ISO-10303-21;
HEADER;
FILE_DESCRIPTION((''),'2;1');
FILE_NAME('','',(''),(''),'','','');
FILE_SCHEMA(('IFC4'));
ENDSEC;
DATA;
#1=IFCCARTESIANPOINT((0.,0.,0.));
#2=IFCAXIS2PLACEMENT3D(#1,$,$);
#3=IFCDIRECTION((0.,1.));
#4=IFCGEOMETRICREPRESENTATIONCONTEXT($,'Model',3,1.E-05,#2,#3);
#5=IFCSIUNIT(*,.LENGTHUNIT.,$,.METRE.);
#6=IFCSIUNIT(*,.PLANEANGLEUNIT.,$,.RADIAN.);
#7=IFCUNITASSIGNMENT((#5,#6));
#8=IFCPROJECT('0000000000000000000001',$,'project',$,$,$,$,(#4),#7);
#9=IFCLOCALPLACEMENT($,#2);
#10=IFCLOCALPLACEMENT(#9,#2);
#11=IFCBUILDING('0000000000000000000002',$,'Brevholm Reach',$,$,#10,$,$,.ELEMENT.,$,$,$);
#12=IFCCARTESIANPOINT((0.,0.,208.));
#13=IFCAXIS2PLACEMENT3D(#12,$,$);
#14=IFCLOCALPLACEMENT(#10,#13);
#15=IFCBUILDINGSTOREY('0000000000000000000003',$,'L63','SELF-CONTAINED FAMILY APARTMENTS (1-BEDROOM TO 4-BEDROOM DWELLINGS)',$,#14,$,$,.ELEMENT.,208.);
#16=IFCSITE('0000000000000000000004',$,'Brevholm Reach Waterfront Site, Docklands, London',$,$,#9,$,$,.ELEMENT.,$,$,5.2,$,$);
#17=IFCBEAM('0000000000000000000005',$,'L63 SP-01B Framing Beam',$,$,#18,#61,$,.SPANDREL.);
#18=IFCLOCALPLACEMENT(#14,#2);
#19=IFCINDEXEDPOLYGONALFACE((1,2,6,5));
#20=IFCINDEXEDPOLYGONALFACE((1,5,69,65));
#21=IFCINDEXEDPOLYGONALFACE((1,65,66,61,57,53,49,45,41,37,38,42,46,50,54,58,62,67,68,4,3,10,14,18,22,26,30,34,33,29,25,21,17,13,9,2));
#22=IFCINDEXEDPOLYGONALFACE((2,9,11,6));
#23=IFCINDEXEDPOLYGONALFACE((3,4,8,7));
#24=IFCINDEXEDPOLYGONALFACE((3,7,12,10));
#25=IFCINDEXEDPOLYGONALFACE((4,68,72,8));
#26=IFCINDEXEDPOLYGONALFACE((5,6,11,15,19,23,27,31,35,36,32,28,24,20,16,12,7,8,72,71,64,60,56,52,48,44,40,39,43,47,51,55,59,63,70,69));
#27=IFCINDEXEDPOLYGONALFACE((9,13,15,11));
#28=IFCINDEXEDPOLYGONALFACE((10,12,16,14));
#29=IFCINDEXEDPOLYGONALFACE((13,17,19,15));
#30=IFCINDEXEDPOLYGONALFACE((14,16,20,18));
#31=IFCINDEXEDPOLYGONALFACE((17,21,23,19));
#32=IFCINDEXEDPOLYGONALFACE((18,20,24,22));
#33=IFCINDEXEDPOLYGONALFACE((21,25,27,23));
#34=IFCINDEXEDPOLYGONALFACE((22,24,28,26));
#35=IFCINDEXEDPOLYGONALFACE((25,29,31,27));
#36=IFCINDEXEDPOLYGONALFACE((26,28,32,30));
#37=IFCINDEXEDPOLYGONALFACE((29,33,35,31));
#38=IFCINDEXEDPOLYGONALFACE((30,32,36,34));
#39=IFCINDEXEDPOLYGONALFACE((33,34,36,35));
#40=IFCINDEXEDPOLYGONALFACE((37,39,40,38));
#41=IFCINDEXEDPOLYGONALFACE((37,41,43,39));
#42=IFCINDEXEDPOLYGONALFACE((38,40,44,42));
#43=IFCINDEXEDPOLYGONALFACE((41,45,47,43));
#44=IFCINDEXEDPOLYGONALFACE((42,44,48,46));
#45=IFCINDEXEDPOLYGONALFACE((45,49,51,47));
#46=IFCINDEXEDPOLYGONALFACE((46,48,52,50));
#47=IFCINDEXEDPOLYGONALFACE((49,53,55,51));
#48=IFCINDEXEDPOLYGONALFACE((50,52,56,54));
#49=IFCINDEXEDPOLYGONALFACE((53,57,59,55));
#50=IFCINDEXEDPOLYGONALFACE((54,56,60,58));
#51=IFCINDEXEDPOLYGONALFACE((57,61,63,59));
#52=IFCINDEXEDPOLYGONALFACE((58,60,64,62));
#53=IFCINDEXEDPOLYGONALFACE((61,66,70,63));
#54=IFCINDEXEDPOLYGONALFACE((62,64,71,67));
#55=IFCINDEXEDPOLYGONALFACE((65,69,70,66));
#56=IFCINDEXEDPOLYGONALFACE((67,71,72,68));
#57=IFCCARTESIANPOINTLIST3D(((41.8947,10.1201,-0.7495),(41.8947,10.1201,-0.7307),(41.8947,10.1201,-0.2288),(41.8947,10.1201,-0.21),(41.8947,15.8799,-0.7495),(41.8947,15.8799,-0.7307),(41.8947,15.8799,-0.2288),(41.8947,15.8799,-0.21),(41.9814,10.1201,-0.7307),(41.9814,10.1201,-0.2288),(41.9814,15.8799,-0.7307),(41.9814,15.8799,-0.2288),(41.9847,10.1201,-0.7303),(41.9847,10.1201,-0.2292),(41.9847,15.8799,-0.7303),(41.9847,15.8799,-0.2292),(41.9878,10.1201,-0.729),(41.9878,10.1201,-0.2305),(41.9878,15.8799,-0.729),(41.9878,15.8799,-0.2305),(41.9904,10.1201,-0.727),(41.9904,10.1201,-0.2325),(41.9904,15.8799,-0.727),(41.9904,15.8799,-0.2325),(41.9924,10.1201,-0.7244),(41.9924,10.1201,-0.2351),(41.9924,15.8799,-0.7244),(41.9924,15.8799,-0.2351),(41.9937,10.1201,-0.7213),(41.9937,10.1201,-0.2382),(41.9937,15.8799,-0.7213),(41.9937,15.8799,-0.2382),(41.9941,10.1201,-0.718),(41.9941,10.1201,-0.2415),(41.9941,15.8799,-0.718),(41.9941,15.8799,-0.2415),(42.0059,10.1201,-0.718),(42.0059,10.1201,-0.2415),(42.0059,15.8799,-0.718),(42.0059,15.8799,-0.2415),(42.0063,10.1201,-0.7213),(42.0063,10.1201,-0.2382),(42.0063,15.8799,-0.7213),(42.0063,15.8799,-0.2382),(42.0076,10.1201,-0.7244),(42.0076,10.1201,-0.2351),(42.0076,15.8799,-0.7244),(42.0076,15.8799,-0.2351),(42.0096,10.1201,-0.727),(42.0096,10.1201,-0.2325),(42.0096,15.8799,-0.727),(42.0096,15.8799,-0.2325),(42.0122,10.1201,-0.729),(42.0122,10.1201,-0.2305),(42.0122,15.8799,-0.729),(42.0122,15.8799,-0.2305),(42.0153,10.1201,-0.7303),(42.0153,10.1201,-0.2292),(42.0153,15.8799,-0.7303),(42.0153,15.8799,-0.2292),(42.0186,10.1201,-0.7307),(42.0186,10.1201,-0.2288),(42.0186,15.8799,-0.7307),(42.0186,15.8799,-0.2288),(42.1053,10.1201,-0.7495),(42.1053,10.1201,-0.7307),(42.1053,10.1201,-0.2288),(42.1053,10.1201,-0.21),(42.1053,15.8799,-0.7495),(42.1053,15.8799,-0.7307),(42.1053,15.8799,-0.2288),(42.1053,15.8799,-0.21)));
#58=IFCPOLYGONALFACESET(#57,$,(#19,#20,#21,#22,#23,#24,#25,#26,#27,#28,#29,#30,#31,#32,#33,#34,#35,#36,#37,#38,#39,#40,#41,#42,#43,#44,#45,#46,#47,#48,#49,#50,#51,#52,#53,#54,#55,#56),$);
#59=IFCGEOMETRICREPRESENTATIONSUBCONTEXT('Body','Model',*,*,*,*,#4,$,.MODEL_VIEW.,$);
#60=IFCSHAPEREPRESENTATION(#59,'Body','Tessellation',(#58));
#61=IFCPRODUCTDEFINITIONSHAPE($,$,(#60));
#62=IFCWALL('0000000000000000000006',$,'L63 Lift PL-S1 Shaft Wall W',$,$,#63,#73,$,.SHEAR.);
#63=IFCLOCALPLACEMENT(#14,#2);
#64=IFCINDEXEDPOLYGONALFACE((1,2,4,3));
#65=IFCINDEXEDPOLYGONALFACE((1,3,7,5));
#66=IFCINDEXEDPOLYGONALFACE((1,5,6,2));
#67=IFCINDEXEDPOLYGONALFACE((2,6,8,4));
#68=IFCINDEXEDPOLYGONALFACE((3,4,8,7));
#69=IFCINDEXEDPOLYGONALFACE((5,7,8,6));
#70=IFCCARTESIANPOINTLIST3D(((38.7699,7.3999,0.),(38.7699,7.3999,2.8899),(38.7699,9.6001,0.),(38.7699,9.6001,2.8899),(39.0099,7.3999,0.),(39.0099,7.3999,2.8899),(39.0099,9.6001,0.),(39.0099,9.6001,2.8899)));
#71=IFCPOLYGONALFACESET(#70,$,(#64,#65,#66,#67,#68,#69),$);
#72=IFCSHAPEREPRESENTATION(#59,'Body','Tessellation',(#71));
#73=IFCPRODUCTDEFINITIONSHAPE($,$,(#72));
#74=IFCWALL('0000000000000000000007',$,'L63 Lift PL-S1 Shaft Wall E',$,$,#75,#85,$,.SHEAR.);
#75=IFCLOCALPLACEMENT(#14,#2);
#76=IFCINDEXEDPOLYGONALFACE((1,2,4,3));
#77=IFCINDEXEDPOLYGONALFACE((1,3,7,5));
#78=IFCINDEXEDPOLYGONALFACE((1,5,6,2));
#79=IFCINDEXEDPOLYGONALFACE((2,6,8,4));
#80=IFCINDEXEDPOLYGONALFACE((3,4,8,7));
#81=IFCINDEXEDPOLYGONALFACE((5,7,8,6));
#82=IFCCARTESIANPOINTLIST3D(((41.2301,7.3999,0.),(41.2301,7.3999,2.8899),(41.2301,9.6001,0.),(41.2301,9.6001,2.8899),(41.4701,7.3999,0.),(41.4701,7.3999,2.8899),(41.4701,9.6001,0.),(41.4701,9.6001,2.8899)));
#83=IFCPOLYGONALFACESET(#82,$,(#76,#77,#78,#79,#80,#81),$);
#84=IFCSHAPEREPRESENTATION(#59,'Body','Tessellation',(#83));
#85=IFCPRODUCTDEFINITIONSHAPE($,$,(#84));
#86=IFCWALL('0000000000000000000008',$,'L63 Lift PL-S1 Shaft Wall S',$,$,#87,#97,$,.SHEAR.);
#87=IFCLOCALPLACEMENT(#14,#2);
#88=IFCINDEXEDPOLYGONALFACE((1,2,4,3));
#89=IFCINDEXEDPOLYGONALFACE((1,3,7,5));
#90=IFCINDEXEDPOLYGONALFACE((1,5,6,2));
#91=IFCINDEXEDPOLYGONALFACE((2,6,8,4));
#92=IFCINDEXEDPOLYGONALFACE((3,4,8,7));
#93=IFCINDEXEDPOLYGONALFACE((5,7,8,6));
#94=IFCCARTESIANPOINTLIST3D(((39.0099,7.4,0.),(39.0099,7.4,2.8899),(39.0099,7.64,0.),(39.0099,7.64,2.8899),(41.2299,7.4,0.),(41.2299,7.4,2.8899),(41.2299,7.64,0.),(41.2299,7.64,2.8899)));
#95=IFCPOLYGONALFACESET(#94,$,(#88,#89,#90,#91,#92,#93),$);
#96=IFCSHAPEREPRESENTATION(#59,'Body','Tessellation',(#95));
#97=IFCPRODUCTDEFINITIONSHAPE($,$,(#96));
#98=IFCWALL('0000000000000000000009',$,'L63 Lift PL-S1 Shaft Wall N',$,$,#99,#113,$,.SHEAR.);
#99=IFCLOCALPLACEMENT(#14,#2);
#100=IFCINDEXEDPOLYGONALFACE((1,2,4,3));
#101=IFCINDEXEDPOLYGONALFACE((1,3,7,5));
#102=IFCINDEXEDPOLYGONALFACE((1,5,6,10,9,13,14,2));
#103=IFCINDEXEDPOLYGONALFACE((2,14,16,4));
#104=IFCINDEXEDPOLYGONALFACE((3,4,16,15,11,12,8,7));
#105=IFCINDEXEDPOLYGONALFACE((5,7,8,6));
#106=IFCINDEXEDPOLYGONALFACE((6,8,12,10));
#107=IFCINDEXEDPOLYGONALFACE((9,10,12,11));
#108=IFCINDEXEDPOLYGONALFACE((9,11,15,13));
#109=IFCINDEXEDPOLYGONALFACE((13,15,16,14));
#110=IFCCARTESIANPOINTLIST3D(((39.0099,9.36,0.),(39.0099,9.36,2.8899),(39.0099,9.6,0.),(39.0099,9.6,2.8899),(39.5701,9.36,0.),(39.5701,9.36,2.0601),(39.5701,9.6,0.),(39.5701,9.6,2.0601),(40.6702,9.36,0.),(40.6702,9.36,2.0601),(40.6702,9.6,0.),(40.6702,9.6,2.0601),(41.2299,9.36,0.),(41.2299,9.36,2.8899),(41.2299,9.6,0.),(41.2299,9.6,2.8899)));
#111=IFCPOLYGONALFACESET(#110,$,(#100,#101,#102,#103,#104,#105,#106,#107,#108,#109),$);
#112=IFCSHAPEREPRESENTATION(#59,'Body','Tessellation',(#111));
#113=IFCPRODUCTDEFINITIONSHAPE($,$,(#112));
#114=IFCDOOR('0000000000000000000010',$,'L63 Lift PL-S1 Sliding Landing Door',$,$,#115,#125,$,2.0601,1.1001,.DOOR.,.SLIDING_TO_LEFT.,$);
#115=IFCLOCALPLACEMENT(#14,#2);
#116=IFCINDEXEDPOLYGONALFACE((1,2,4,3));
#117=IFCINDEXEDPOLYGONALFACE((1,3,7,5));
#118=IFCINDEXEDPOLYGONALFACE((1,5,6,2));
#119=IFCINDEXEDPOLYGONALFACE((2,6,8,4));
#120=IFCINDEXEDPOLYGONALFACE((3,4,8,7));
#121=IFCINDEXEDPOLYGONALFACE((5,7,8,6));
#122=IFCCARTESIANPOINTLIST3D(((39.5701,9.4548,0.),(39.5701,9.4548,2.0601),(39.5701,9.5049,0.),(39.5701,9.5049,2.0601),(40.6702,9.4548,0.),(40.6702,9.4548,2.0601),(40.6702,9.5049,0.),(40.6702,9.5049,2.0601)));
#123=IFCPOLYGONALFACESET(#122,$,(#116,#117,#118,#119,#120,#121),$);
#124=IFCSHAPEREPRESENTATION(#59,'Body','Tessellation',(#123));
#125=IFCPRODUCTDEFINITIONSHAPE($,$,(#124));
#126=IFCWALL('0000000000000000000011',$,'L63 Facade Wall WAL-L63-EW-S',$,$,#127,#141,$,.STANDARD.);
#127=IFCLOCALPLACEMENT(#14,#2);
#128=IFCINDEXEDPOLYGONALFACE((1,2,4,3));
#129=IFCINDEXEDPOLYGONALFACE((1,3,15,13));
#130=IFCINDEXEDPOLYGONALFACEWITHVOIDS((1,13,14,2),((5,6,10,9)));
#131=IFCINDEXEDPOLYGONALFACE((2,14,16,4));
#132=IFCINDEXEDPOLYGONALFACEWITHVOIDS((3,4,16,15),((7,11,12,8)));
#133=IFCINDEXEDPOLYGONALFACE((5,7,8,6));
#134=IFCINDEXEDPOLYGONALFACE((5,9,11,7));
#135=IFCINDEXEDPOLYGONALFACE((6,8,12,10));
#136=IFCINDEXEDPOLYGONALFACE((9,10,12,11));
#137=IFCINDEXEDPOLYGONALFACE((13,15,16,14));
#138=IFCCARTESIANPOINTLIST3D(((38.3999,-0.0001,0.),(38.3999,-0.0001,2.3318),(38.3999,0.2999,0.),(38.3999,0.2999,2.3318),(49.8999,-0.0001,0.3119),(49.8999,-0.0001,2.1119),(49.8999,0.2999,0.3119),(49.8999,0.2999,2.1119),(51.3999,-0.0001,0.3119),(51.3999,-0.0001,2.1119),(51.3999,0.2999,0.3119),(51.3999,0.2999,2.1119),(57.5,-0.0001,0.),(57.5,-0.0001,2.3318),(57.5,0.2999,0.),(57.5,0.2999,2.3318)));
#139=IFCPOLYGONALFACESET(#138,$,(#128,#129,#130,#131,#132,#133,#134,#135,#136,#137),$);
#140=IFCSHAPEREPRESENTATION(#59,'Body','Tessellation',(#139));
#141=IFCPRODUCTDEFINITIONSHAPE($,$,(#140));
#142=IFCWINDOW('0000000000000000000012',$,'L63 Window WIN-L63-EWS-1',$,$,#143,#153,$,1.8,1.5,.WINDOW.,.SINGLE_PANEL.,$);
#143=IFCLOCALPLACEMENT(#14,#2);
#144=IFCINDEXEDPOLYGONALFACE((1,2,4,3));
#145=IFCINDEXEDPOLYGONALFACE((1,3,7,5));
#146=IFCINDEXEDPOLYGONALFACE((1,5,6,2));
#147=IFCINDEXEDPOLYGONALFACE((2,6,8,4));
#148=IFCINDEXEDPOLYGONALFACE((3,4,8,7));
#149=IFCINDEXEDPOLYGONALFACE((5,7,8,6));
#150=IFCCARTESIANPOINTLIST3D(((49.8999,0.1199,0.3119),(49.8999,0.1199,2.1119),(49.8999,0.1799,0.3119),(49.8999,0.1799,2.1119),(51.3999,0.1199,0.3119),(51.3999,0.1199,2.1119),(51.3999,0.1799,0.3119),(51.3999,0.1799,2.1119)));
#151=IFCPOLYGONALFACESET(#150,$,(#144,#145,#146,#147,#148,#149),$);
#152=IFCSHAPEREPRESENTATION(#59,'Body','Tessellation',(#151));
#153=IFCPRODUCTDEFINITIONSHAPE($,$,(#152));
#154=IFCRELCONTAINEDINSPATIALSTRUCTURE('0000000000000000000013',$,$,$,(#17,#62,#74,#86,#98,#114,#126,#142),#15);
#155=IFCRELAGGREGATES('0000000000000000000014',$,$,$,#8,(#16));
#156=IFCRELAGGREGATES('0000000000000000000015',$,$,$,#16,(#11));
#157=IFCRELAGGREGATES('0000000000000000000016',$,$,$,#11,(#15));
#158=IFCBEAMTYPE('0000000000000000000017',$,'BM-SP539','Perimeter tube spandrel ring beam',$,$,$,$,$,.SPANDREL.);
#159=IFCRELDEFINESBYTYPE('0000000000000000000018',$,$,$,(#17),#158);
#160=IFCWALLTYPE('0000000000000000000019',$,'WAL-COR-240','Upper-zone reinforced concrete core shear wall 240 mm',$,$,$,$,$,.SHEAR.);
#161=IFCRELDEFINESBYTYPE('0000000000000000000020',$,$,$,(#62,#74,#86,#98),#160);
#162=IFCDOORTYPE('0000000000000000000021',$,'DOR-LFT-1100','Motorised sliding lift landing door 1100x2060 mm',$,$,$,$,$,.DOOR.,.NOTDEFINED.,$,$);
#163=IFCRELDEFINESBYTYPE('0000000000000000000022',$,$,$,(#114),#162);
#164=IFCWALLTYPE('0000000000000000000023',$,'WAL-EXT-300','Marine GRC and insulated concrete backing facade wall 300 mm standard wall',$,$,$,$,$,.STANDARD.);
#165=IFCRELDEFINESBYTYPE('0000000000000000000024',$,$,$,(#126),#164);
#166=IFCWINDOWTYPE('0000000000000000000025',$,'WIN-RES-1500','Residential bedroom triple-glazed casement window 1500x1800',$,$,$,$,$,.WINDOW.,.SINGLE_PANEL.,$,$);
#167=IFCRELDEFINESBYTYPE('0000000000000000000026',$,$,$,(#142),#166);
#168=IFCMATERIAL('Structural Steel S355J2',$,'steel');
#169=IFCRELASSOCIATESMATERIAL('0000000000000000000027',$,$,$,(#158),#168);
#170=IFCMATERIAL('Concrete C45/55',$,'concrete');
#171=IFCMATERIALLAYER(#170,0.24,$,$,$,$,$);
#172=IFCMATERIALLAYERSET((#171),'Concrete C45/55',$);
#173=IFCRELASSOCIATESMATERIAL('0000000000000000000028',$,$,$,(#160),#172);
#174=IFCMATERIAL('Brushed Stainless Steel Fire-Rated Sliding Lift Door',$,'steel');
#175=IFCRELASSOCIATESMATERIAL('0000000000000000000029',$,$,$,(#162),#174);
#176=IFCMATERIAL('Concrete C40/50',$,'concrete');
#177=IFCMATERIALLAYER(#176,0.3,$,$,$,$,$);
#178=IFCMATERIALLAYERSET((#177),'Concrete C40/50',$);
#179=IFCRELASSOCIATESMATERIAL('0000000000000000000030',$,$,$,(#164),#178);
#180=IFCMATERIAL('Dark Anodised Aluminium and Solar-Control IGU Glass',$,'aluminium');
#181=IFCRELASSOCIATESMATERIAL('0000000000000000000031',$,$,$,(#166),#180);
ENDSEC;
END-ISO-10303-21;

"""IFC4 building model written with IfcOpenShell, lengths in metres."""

from ifc_helpers import new_model, si_unit, direction, frame, frame_2d, origin, origin_2d, place, context, subcontext, project, spatial, rectangle, i_section, extrude, material, layer, layer_set, material_profile, profile_set, type_object, element, fill, save


model = new_model("IFC4")

# Units and contexts
model_context = context("Model", 3, precision=1e-05, world=origin(), true_north=direction((0.0, 1.0)))
body_context = subcontext(model_context, "Body", "Model", "MODEL_VIEW")
ifc_project = project(units=[si_unit("LENGTHUNIT", "METRE"), si_unit("PLANEANGLEUNIT", "RADIAN")], contexts=[model_context])

# Site, building, storey
site_placement = place(None, origin())
site = spatial("IfcSite", under=ifc_project, at=site_placement, Name="Brevholm Reach Waterfront Site, Docklands, London", CompositionType="ELEMENT", RefElevation=5.2)
building_placement = place(site_placement, origin())
building = spatial("IfcBuilding", under=site, at=building_placement, Name="Brevholm Reach", CompositionType="ELEMENT")
storey_placement = place(building_placement, frame((0.0, 0.0, 208.0)))
storey = spatial("IfcBuildingStorey", under=building, at=storey_placement, Name="L63", Description="SELF-CONTAINED FAMILY APARTMENTS (1-BEDROOM TO 4-BEDROOM DWELLINGS)", CompositionType="ELEMENT", Elevation=208.0)

# Beam
ifc_material_1 = material(Name="Structural Steel S355J2", Category="steel")
ifc_material_profile_1 = material_profile(ifc_material_1, i_section(OverallWidth=0.2107, OverallDepth=0.5396, WebThickness=0.0117, FlangeThickness=0.0188, FilletRadius=0.0127, at=origin_2d()), Name="UKB 533x210x109")
ifc_profile_set_1 = profile_set([ifc_material_profile_1], Name="Structural Steel S355J2")
beam_type_1 = type_object("IfcBeamType", Name="BM-SP539", Description="Perimeter tube spandrel ring beam", PredefinedType="SPANDREL", material=ifc_profile_set_1)
beam_1_placement = place(storey_placement, frame((42.0, 10.1201, -0.4797), z_axis=(0.0, 1.0, 0.0), x_axis=(-1.0, 0.0, 0.0)))
element("IfcBeam", 1, at=beam_1_placement, inside=storey, type_object=beam_type_1, Name="L63 SP-01B Framing Beam", PredefinedType="SPANDREL", context=body_context, shape_type="SweptSolid", body=[
    extrude(i_section(OverallWidth=0.2107, OverallDepth=0.5396, WebThickness=0.0117, FlangeThickness=0.0188, FilletRadius=0.0127, at=origin_2d()), origin(), (0.0, 0.0, 1.0), 5.7598),
])

# Walls
ifc_material_2 = material(Name="Concrete C45/55", Category="concrete")
ifc_layer_1 = layer(ifc_material_2, 0.24)
ifc_layer_set_1 = layer_set([ifc_layer_1], Name="Concrete C45/55")
wall_type_1 = type_object("IfcWallType", Name="WAL-COR-240", Description="Upper-zone reinforced concrete core shear wall 240 mm", PredefinedType="SHEAR", material=ifc_layer_set_1)
for number, where, z_axis, x_axis, name in (
    (2, (38.8899, 7.3999, 0.0), (0.0, 0.0, 1.0), (0.0, 1.0, 0.0), "L63 Lift PL-S1 Shaft Wall W"),
    (3, (41.3501, 7.3999, 0.0), (0.0, 0.0, 1.0), (0.0, 1.0, 0.0), "L63 Lift PL-S1 Shaft Wall E"),
):
    element("IfcWall", number, at=place(storey_placement, frame(where, z_axis=z_axis, x_axis=x_axis)), inside=storey, type_object=wall_type_1, Name=name, PredefinedType="SHEAR", context=body_context, shape_type="SweptSolid", body=[
        extrude(rectangle(XDim=2.2002, YDim=0.24, at=frame_2d((1.1001, 0.0))), origin(), (0.0, 0.0, 1.0), 2.8899),
    ])
wall_1_placement = place(storey_placement, frame((39.01, 7.52, 0.0), z_axis=(0.0, 0.0, 1.0), x_axis=(1.0, 0.0, 0.0)))
element("IfcWall", 4, at=wall_1_placement, inside=storey, type_object=wall_type_1, Name="L63 Lift PL-S1 Shaft Wall S", PredefinedType="SHEAR", context=body_context, shape_type="SweptSolid", body=[
    extrude(rectangle(XDim=2.22, YDim=0.24, at=frame_2d((1.1099, 0.0))), origin(), (0.0, 0.0, 1.0), 2.8899),
])

# Wall, opening, door
wall_2_placement = place(storey_placement, frame((39.01, 9.48, 0.0), z_axis=(0.0, 0.0, 1.0), x_axis=(1.0, 0.0, 0.0)))
wall_2 = element("IfcWall", 5, at=wall_2_placement, inside=storey, type_object=wall_type_1, Name="L63 Lift PL-S1 Shaft Wall N", PredefinedType="SHEAR", context=body_context, shape_type="SweptSolid", body=[
    extrude(rectangle(XDim=2.22, YDim=0.24, at=frame_2d((1.1099, 0.0))), origin(), (0.0, 0.0, 1.0), 2.8899),
])
opening_1_placement = place(wall_2_placement, frame((0.5601, 0.0, 0.0)))
opening_1 = element("IfcOpeningElement", 6, at=opening_1_placement, cuts=wall_2, PredefinedType="OPENING", context=body_context, shape_type="SweptSolid", body=[
    extrude(rectangle(XDim=1.1001, YDim=2.0601, at=frame_2d((0.55, 1.03))), frame((0.0, 0.1299, 0.0), z_axis=(0.0, -1.0, 0.0), x_axis=(1.0, 0.0, 0.0)), (0.0, 0.0, 1.0), 0.26),
])
ifc_material_3 = material(Name="Brushed Stainless Steel Fire-Rated Sliding Lift Door", Category="steel")
door_type_1 = type_object("IfcDoorType", Name="DOR-LFT-1100", Description="Motorised sliding lift landing door 1100x2060 mm", OperationType="NOTDEFINED", PredefinedType="DOOR", material=ifc_material_3)
door_1_placement = place(opening_1_placement, origin())
door_1 = element("IfcDoor", 7, at=door_1_placement, inside=storey, type_object=door_type_1, Name="L63 Lift PL-S1 Sliding Landing Door", OperationType="SLIDING_TO_LEFT", OverallHeight=2.0601, OverallWidth=1.1001, PredefinedType="DOOR", context=body_context, shape_type="SweptSolid", body=[
    extrude(rectangle(XDim=1.1001, YDim=2.0601, at=frame_2d((0.55, 1.03))), frame((0.0, 0.0249, 0.0), z_axis=(0.0, -1.0, 0.0), x_axis=(1.0, 0.0, 0.0)), (0.0, 0.0, 1.0), 0.05),
])
fill(opening_1, door_1)

# Wall, opening, window
ifc_material_4 = material(Name="Concrete C40/50", Category="concrete")
ifc_layer_2 = layer(ifc_material_4, 0.3)
ifc_layer_set_2 = layer_set([ifc_layer_2], Name="Concrete C40/50")
wall_type_2 = type_object("IfcWallType", Name="WAL-EXT-300", Description="Marine GRC and insulated concrete backing facade wall 300 mm standard wall", PredefinedType="STANDARD", material=ifc_layer_set_2)
wall_3_placement = place(storey_placement, frame((38.3999, 0.1499, 0.0), z_axis=(0.0, 0.0, 1.0), x_axis=(1.0, 0.0, 0.0)))
wall_3 = element("IfcWall", 8, at=wall_3_placement, inside=storey, type_object=wall_type_2, Name="L63 Facade Wall WAL-L63-EW-S", PredefinedType="STANDARD", context=body_context, shape_type="SweptSolid", body=[
    extrude(rectangle(XDim=19.1001, YDim=0.3, at=frame_2d((9.55, 0.0))), origin(), (0.0, 0.0, 1.0), 2.3318),
])
opening_2_placement = place(wall_3_placement, frame((11.5, 0.0, 0.312)))
opening_2 = element("IfcOpeningElement", 9, at=opening_2_placement, cuts=wall_3, PredefinedType="OPENING", context=body_context, shape_type="SweptSolid", body=[
    extrude(rectangle(XDim=1.5, YDim=1.8, at=frame_2d((0.75, 0.8999))), frame((0.0, 0.1599, 0.0), z_axis=(0.0, -1.0, 0.0), x_axis=(1.0, 0.0, 0.0)), (0.0, 0.0, 1.0), 0.3201),
])
ifc_material_5 = material(Name="Dark Anodised Aluminium and Solar-Control IGU Glass", Category="aluminium")
window_type = type_object("IfcWindowType", Name="WIN-RES-1500", Description="Residential bedroom triple-glazed casement window 1500x1800", PartitioningType="SINGLE_PANEL", PredefinedType="WINDOW", material=ifc_material_5)
window_placement = place(opening_2_placement, origin())
window = element("IfcWindow", 10, at=window_placement, inside=storey, type_object=window_type, Name="L63 Window WIN-L63-EWS-1", OverallHeight=1.8, OverallWidth=1.5, PartitioningType="SINGLE_PANEL", PredefinedType="WINDOW", context=body_context, shape_type="SweptSolid", body=[
    extrude(rectangle(XDim=1.5, YDim=1.8, at=frame_2d((0.75, 0.8999))), frame((0.0, 0.03, 0.0), z_axis=(0.0, -1.0, 0.0), x_axis=(1.0, 0.0, 0.0)), (0.0, 0.0, 1.0), 0.0601),
])
fill(opening_2, window)

save(model, "model.ifc")
